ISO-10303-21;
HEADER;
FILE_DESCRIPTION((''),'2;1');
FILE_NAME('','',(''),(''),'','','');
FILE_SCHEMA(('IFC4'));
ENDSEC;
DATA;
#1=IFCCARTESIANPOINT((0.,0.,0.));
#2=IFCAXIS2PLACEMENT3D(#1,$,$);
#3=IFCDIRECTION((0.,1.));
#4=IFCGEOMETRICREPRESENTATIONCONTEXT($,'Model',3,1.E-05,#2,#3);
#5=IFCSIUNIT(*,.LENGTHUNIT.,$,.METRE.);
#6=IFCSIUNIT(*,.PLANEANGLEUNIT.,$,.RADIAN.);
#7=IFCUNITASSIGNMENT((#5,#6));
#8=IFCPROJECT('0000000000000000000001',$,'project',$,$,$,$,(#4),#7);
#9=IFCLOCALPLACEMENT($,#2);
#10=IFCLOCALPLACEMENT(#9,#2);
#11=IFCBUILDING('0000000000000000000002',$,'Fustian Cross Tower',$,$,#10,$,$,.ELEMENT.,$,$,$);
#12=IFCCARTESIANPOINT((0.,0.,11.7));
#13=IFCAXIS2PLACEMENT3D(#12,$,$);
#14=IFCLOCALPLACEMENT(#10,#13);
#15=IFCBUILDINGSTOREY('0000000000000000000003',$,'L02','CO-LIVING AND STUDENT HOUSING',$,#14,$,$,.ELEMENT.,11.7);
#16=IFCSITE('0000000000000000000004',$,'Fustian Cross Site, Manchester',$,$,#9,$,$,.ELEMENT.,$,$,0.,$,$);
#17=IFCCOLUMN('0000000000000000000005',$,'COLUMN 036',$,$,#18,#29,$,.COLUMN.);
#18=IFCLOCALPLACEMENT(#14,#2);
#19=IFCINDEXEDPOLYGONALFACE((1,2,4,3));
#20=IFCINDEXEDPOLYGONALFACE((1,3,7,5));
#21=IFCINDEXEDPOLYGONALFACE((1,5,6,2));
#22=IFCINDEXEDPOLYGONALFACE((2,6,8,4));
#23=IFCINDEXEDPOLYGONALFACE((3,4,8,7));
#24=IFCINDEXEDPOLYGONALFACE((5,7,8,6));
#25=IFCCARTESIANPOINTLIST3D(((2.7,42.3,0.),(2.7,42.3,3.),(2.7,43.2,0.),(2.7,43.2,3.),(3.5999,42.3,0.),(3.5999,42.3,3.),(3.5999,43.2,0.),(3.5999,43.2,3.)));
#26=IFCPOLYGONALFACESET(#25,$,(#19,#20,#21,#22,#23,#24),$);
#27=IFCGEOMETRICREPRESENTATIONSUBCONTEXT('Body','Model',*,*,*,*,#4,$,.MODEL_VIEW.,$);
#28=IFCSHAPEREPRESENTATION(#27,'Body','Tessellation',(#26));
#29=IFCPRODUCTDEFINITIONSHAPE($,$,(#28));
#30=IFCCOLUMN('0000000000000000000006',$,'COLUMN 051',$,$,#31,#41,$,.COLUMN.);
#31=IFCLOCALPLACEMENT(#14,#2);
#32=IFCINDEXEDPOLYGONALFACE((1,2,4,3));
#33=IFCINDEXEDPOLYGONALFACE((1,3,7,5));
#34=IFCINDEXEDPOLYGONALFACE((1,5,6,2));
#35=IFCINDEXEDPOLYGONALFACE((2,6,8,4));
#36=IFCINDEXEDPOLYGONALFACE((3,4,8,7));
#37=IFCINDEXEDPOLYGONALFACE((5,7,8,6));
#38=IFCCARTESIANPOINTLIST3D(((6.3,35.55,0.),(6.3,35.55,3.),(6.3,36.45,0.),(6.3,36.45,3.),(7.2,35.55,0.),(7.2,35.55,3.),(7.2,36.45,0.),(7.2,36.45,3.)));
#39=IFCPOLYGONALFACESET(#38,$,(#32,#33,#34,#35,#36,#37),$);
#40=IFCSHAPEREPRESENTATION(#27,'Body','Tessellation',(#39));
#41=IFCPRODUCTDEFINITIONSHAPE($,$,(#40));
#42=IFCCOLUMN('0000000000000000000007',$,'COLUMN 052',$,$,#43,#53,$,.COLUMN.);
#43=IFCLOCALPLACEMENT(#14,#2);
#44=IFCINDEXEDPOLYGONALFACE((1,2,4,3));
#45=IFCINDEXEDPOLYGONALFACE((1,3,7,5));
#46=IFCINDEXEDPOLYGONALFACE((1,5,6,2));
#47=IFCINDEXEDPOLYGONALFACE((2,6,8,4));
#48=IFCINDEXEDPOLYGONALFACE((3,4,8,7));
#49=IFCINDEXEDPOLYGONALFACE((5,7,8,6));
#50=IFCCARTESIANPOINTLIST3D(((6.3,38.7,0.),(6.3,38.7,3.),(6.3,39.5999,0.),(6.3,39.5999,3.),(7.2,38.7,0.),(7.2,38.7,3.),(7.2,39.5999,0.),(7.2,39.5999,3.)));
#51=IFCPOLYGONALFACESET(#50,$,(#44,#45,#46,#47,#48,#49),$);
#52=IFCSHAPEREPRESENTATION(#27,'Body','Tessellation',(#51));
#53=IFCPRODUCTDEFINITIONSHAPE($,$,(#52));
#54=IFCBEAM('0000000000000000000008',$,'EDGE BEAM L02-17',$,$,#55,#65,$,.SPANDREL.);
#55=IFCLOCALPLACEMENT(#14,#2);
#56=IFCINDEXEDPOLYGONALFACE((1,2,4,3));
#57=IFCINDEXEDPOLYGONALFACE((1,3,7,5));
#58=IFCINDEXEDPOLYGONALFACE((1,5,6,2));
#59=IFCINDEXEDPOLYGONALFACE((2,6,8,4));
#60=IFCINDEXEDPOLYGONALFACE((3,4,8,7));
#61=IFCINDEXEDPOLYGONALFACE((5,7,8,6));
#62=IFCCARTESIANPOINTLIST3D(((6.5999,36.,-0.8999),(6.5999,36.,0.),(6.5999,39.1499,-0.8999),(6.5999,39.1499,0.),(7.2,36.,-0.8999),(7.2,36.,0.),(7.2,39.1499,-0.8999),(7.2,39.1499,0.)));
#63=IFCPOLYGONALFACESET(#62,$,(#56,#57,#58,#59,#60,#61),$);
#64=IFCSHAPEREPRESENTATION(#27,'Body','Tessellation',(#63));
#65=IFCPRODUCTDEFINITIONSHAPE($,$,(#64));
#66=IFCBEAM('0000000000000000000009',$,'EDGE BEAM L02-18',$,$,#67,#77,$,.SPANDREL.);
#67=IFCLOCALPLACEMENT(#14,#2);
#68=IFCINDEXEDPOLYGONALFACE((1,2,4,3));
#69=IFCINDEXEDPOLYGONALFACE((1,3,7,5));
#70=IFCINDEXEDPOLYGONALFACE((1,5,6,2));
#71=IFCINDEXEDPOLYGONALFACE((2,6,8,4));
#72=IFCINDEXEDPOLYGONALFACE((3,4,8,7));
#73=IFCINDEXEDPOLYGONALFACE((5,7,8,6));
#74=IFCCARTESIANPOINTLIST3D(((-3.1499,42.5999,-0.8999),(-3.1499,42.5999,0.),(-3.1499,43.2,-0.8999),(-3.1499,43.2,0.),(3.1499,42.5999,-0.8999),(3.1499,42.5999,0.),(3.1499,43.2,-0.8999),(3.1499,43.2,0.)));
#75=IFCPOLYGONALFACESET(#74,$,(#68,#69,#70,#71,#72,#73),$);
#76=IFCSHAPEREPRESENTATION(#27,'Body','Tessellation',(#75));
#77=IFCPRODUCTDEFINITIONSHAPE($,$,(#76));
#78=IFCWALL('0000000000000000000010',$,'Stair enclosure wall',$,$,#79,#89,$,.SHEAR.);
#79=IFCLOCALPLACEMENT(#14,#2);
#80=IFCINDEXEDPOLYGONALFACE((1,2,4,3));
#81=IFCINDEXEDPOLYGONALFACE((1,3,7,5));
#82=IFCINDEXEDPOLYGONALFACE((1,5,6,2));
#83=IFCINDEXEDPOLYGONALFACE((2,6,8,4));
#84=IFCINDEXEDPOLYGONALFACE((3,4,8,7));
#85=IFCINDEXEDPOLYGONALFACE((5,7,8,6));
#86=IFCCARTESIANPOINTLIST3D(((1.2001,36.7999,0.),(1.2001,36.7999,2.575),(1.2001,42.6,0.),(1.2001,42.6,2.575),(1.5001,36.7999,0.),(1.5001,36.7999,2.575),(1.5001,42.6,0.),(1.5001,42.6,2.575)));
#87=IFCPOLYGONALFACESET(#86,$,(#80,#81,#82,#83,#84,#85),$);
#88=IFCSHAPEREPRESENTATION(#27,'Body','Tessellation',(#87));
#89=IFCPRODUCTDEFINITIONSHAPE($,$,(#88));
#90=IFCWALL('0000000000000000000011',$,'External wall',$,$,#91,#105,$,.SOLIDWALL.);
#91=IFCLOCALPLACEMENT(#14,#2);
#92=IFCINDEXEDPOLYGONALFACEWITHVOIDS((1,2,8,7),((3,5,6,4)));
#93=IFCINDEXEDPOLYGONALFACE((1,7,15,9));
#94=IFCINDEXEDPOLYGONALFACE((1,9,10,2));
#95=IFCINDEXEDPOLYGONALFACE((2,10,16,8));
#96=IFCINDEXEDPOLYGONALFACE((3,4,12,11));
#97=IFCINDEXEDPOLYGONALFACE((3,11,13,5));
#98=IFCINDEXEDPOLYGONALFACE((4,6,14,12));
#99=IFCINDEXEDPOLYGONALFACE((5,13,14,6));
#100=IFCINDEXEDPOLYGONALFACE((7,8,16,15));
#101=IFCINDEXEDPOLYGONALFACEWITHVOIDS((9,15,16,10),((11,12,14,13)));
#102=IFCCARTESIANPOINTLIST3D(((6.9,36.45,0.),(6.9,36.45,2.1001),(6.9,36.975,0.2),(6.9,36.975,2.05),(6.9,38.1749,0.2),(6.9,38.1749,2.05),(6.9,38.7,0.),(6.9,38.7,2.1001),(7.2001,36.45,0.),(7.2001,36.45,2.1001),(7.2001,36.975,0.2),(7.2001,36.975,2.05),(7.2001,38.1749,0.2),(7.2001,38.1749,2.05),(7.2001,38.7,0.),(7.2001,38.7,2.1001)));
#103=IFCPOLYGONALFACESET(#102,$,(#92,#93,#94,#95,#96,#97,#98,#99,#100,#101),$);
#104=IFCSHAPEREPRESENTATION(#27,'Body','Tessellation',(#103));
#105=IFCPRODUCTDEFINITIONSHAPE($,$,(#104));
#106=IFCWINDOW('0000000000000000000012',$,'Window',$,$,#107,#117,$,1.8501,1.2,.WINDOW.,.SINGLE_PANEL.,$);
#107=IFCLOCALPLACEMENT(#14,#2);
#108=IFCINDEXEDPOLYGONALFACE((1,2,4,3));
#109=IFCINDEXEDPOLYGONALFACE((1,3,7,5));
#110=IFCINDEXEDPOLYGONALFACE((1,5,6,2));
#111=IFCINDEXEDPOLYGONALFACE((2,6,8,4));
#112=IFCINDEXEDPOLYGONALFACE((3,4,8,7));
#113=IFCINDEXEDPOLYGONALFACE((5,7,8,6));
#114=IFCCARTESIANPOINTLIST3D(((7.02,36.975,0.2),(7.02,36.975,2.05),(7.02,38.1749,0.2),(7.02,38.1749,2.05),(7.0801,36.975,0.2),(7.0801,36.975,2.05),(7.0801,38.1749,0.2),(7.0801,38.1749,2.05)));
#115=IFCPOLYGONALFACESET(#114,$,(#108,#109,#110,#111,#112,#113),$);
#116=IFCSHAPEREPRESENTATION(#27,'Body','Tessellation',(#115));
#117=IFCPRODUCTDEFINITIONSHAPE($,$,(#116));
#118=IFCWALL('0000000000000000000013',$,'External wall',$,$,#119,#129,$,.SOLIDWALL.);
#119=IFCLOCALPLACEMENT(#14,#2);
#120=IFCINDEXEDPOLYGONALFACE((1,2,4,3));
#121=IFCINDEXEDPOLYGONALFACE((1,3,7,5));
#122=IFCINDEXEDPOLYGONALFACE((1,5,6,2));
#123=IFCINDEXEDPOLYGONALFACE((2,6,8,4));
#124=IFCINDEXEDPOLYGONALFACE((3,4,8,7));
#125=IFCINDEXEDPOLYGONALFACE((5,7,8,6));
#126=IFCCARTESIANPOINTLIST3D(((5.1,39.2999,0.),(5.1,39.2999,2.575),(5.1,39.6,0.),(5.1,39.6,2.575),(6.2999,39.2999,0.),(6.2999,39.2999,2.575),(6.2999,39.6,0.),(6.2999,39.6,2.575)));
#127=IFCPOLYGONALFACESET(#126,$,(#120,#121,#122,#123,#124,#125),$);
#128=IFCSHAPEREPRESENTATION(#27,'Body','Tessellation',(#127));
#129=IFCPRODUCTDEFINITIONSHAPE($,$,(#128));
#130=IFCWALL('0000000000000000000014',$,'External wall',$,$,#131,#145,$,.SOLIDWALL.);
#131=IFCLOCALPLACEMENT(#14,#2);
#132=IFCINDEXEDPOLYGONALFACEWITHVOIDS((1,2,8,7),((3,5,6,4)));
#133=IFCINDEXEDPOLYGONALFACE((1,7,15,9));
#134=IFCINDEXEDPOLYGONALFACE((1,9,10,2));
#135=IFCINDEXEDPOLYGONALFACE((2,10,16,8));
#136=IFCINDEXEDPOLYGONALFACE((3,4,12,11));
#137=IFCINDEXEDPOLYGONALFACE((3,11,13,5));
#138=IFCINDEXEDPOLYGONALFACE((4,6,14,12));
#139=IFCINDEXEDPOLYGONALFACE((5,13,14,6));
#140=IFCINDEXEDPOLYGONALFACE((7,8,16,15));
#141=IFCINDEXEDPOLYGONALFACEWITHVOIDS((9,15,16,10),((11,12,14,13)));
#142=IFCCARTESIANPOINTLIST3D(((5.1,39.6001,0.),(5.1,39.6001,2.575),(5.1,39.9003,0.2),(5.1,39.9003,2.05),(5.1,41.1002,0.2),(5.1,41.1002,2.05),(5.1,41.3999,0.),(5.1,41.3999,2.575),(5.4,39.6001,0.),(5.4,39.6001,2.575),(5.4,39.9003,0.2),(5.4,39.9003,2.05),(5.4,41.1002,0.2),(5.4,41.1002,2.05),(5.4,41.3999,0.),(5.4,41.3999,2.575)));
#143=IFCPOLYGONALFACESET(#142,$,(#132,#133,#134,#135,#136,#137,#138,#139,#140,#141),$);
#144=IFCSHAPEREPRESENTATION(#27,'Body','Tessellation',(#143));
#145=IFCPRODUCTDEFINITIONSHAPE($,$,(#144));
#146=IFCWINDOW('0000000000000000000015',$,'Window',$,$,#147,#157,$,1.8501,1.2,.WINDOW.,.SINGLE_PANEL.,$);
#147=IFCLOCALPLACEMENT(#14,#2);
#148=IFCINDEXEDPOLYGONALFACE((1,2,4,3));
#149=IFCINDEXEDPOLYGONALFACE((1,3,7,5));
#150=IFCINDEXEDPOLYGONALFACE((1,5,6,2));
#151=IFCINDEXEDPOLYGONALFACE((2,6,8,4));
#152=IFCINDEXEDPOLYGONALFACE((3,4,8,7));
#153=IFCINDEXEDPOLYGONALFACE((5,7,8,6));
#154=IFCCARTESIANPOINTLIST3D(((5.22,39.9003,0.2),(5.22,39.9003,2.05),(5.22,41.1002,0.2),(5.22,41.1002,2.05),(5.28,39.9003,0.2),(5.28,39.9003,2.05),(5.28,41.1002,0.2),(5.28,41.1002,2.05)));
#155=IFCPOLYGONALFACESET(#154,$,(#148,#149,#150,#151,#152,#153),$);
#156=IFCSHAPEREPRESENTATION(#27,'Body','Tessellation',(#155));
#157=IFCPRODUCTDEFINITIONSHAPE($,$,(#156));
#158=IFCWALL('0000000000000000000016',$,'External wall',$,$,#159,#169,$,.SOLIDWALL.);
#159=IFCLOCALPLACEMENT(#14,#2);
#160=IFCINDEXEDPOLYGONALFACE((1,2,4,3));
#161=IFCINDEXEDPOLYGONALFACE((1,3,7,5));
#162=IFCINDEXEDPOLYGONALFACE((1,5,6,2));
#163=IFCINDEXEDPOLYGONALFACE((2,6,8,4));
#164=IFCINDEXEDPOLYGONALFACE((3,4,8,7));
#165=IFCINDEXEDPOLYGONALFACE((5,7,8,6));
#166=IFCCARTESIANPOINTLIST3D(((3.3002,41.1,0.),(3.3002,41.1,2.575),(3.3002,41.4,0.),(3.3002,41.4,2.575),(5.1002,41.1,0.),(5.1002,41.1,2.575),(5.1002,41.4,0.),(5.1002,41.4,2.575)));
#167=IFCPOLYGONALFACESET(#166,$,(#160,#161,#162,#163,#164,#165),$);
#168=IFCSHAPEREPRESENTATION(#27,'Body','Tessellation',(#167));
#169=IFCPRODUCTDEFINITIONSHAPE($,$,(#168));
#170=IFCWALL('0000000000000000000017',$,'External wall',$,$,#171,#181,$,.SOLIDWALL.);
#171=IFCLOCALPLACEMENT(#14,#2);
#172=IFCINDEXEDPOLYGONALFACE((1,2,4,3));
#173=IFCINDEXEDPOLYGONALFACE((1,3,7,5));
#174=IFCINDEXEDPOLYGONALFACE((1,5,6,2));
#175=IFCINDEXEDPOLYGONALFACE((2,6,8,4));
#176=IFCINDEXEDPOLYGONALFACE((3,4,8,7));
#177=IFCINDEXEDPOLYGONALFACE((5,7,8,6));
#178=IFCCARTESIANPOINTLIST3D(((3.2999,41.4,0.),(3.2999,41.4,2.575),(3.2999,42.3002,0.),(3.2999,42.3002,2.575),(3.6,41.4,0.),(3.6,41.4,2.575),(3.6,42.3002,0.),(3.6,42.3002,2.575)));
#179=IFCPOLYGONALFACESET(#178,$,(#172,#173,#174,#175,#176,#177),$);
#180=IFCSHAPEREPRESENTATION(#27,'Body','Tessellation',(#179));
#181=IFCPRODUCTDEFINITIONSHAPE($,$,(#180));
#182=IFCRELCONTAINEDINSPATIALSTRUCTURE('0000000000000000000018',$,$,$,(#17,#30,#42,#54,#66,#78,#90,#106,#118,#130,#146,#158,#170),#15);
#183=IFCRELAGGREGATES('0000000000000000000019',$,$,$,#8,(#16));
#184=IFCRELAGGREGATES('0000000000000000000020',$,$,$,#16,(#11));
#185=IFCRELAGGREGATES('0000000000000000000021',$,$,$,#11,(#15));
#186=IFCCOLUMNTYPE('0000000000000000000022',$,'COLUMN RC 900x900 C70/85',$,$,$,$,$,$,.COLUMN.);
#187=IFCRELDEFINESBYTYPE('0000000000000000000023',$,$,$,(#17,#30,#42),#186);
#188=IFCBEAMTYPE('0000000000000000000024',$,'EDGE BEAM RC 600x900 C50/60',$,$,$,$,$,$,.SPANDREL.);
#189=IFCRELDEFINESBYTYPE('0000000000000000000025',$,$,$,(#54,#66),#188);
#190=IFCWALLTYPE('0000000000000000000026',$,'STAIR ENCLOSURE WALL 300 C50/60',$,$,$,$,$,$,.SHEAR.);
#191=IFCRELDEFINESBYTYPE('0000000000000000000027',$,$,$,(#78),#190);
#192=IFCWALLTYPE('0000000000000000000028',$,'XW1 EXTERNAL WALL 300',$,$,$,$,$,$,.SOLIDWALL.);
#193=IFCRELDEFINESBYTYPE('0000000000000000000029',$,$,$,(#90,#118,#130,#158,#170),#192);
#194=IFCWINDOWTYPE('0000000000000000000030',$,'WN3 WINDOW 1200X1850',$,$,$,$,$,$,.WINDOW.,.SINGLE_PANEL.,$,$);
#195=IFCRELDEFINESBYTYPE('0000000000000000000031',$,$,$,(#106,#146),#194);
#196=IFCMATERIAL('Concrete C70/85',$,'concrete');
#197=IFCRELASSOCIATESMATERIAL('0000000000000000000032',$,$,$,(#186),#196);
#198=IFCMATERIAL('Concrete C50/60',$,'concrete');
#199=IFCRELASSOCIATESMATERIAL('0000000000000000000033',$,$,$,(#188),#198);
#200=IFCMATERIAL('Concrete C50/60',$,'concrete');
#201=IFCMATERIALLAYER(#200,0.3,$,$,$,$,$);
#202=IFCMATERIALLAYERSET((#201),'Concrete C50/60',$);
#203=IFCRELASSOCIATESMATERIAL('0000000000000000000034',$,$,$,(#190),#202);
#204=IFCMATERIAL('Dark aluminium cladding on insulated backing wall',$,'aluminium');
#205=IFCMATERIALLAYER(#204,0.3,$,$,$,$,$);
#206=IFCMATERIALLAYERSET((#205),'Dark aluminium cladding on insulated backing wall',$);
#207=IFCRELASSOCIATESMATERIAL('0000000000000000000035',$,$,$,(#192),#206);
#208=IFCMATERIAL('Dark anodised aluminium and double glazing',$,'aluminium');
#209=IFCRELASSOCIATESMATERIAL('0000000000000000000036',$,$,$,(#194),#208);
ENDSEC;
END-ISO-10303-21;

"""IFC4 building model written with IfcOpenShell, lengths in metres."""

from ifc_helpers import new_model, si_unit, direction, frame, frame_2d, origin, origin_2d, place, context, subcontext, project, spatial, rectangle, extrude, material, layer, layer_set, material_profile, profile_set, type_object, element, fill, save


model = new_model("IFC4")

# Units and contexts
model_context = context("Model", 3, precision=1e-05, world=origin(), true_north=direction((0.0, 1.0)))
body_context = subcontext(model_context, "Body", "Model", "MODEL_VIEW")
ifc_project = project(units=[si_unit("LENGTHUNIT", "METRE"), si_unit("PLANEANGLEUNIT", "RADIAN")], contexts=[model_context])

# Site, building, storey
site_placement = place(None, origin())
site = spatial("IfcSite", under=ifc_project, at=site_placement, Name="Fustian Cross Site, Manchester", CompositionType="ELEMENT", RefElevation=0.0)
building_placement = place(site_placement, origin())
building = spatial("IfcBuilding", under=site, at=building_placement, Name="Fustian Cross Tower", CompositionType="ELEMENT")
storey_placement = place(building_placement, frame((0.0, 0.0, 11.7)))
storey = spatial("IfcBuildingStorey", under=building, at=storey_placement, Name="L02", Description="CO-LIVING AND STUDENT HOUSING", CompositionType="ELEMENT", Elevation=11.7)

# Columns
ifc_material_1 = material(Name="Concrete C70/85", Category="concrete")
ifc_material_profile_1 = material_profile(ifc_material_1, rectangle(XDim=0.8999, YDim=0.8999, at=origin_2d()), Name="RC 900x900")
ifc_profile_set_1 = profile_set([ifc_material_profile_1], Name="Concrete C70/85")
column_type = type_object("IfcColumnType", Name="COLUMN RC 900x900 C70/85", PredefinedType="COLUMN", material=ifc_profile_set_1)
for number, where, z_axis, x_axis, name in (
    (1, (3.1499, 42.75, 0.0), (0.0, 0.0, 1.0), (1.0, 0.0, 0.0), "COLUMN 036"),
    (2, (6.75, 36.0, 0.0), (0.0, 0.0, 1.0), (1.0, 0.0, 0.0), "COLUMN 051"),
    (3, (6.75, 39.1499, 0.0), (0.0, 0.0, 1.0), (1.0, 0.0, 0.0), "COLUMN 052"),
):
    element("IfcColumn", number, at=place(storey_placement, frame(where, z_axis=z_axis, x_axis=x_axis)), inside=storey, type_object=column_type, Name=name, PredefinedType="COLUMN", context=body_context, shape_type="SweptSolid", body=[
        extrude(rectangle(XDim=0.8999, YDim=0.8999, at=origin_2d()), origin(), (0.0, 0.0, 1.0), 3.0),
    ])

# Beams
ifc_material_2 = material(Name="Concrete C50/60", Category="concrete")
ifc_material_profile_2 = material_profile(ifc_material_2, rectangle(XDim=0.6001, YDim=0.8999, at=origin_2d()), Name="RC 600x900")
ifc_profile_set_2 = profile_set([ifc_material_profile_2], Name="Concrete C50/60")
beam_type = type_object("IfcBeamType", Name="EDGE BEAM RC 600x900 C50/60", PredefinedType="SPANDREL", material=ifc_profile_set_2)
beam_1_placement = place(storey_placement, frame((6.8999, 36.0, -0.45), z_axis=(0.0, 1.0, 0.0), x_axis=(-1.0, 0.0, 0.0)))
element("IfcBeam", 4, at=beam_1_placement, inside=storey, type_object=beam_type, Name="EDGE BEAM L02-17", PredefinedType="SPANDREL", context=body_context, shape_type="SweptSolid", body=[
    extrude(rectangle(XDim=0.6001, YDim=0.8999, at=origin_2d()), origin(), (0.0, 0.0, 1.0), 3.1499),
])
beam_2_placement = place(storey_placement, frame((3.1499, 42.8999, -0.45), z_axis=(-1.0, 0.0, 0.0), x_axis=(0.0, -1.0, 0.0)))
element("IfcBeam", 5, at=beam_2_placement, inside=storey, type_object=beam_type, Name="EDGE BEAM L02-18", PredefinedType="SPANDREL", context=body_context, shape_type="SweptSolid", body=[
    extrude(rectangle(XDim=0.6001, YDim=0.8999, at=origin_2d()), origin(), (0.0, 0.0, 1.0), 6.2998),
])

# Wall
ifc_material_3 = material(Name="Concrete C50/60", Category="concrete")
ifc_layer_1 = layer(ifc_material_3, 0.3)
ifc_layer_set_1 = layer_set([ifc_layer_1], Name="Concrete C50/60")
wall_type_1 = type_object("IfcWallType", Name="STAIR ENCLOSURE WALL 300 C50/60", PredefinedType="SHEAR", material=ifc_layer_set_1)
wall_1_placement = place(storey_placement, frame((1.3501, 36.8, 0.0), z_axis=(0.0, 0.0, 1.0), x_axis=(0.0, 1.0, 0.0)))
element("IfcWall", 6, at=wall_1_placement, inside=storey, type_object=wall_type_1, Name="Stair enclosure wall", PredefinedType="SHEAR", context=body_context, shape_type="SweptSolid", body=[
    extrude(rectangle(XDim=5.8, YDim=0.3, at=frame_2d((2.8999, 0.0))), origin(), (0.0, 0.0, 1.0), 2.575),
])

# Wall, opening, window
ifc_material_4 = material(Name="Dark aluminium cladding on insulated backing wall", Category="aluminium")
ifc_layer_2 = layer(ifc_material_4, 0.3)
ifc_layer_set_2 = layer_set([ifc_layer_2], Name="Dark aluminium cladding on insulated backing wall")
wall_type_2 = type_object("IfcWallType", Name="XW1 EXTERNAL WALL 300", PredefinedType="SOLIDWALL", material=ifc_layer_set_2)
wall_2_placement = place(storey_placement, frame((7.05, 36.45, 0.0), z_axis=(0.0, 0.0, 1.0), x_axis=(0.0, 1.0, 0.0)))
wall_2 = element("IfcWall", 7, at=wall_2_placement, inside=storey, type_object=wall_type_2, Name="External wall", PredefinedType="SOLIDWALL", context=body_context, shape_type="SweptSolid", body=[
    extrude(rectangle(XDim=2.25, YDim=0.3, at=frame_2d((1.125, 0.0))), origin(), (0.0, 0.0, 1.0), 2.1001),
])
opening_1_placement = place(wall_2_placement, frame((0.5249, 0.0, 0.2)))
opening_1 = element("IfcOpeningElement", 8, at=opening_1_placement, cuts=wall_2, PredefinedType="OPENING", context=body_context, shape_type="SweptSolid", body=[
    extrude(rectangle(XDim=1.2, YDim=1.8501, at=frame_2d((0.6001, 0.925))), frame((0.0, 0.1599, 0.0), z_axis=(0.0, -1.0, 0.0), x_axis=(1.0, 0.0, 0.0)), (0.0, 0.0, 1.0), 0.3201),
])
ifc_material_5 = material(Name="Dark anodised aluminium and double glazing", Category="aluminium")
window_type_1 = type_object("IfcWindowType", Name="WN3 WINDOW 1200X1850", PartitioningType="SINGLE_PANEL", PredefinedType="WINDOW", material=ifc_material_5)
window_1_placement = place(opening_1_placement, origin())
window_1 = element("IfcWindow", 9, at=window_1_placement, inside=storey, type_object=window_type_1, Name="Window", OverallHeight=1.8501, OverallWidth=1.2, PartitioningType="SINGLE_PANEL", PredefinedType="WINDOW", context=body_context, shape_type="SweptSolid", body=[
    extrude(rectangle(XDim=1.2, YDim=1.8501, at=frame_2d((0.6001, 0.925))), frame((0.0, 0.03, 0.0), z_axis=(0.0, -1.0, 0.0), x_axis=(1.0, 0.0, 0.0)), (0.0, 0.0, 1.0), 0.0601),
])
fill(opening_1, window_1)

# Wall
wall_3_placement = place(storey_placement, frame((6.3, 39.45, 0.0), z_axis=(0.0, 0.0, 1.0), x_axis=(-1.0, 0.0, 0.0)))
element("IfcWall", 10, at=wall_3_placement, inside=storey, type_object=wall_type_2, Name="External wall", PredefinedType="SOLIDWALL", context=body_context, shape_type="SweptSolid", body=[
    extrude(rectangle(XDim=1.2, YDim=0.3, at=frame_2d((0.6001, 0.0))), origin(), (0.0, 0.0, 1.0), 2.575),
])

# Wall, opening, window
wall_4_placement = place(storey_placement, frame((5.25, 39.6001, 0.0), z_axis=(0.0, 0.0, 1.0), x_axis=(0.0, 1.0, 0.0)))
wall_4 = element("IfcWall", 11, at=wall_4_placement, inside=storey, type_object=wall_type_2, Name="External wall", PredefinedType="SOLIDWALL", context=body_context, shape_type="SweptSolid", body=[
    extrude(rectangle(XDim=1.7998, YDim=0.3, at=frame_2d((0.8999, 0.0))), origin(), (0.0, 0.0, 1.0), 2.575),
])
opening_2_placement = place(wall_4_placement, frame((0.3, 0.0, 0.2)))
opening_2 = element("IfcOpeningElement", 12, at=opening_2_placement, cuts=wall_4, PredefinedType="OPENING", context=body_context, shape_type="SweptSolid", body=[
    extrude(rectangle(XDim=1.2, YDim=1.8501, at=frame_2d((0.6001, 0.925))), frame((0.0, 0.1599, 0.0), z_axis=(0.0, -1.0, 0.0), x_axis=(1.0, 0.0, 0.0)), (0.0, 0.0, 1.0), 0.3201),
])
window_2_placement = place(opening_2_placement, origin())
window_2 = element("IfcWindow", 13, at=window_2_placement, inside=storey, type_object=window_type_1, Name="Window", OverallHeight=1.8501, OverallWidth=1.2, PartitioningType="SINGLE_PANEL", PredefinedType="WINDOW", context=body_context, shape_type="SweptSolid", body=[
    extrude(rectangle(XDim=1.2, YDim=1.8501, at=frame_2d((0.6001, 0.925))), frame((0.0, 0.03, 0.0), z_axis=(0.0, -1.0, 0.0), x_axis=(1.0, 0.0, 0.0)), (0.0, 0.0, 1.0), 0.0601),
])
fill(opening_2, window_2)

# Walls
wall_5_placement = place(storey_placement, frame((5.1001, 41.25, 0.0), z_axis=(0.0, 0.0, 1.0), x_axis=(-1.0, 0.0, 0.0)))
element("IfcWall", 14, at=wall_5_placement, inside=storey, type_object=wall_type_2, Name="External wall", PredefinedType="SOLIDWALL", context=body_context, shape_type="SweptSolid", body=[
    extrude(rectangle(XDim=1.8, YDim=0.3, at=frame_2d((0.8999, 0.0))), origin(), (0.0, 0.0, 1.0), 2.575),
])
wall_6_placement = place(storey_placement, frame((3.45, 41.3999, 0.0), z_axis=(0.0, 0.0, 1.0), x_axis=(0.0, 1.0, 0.0)))
element("IfcWall", 15, at=wall_6_placement, inside=storey, type_object=wall_type_2, Name="External wall", PredefinedType="SOLIDWALL", context=body_context, shape_type="SweptSolid", body=[
    extrude(rectangle(XDim=0.9001, YDim=0.3, at=frame_2d((0.4502, 0.0))), origin(), (0.0, 0.0, 1.0), 2.575),
])

save(model, "model.ifc")
